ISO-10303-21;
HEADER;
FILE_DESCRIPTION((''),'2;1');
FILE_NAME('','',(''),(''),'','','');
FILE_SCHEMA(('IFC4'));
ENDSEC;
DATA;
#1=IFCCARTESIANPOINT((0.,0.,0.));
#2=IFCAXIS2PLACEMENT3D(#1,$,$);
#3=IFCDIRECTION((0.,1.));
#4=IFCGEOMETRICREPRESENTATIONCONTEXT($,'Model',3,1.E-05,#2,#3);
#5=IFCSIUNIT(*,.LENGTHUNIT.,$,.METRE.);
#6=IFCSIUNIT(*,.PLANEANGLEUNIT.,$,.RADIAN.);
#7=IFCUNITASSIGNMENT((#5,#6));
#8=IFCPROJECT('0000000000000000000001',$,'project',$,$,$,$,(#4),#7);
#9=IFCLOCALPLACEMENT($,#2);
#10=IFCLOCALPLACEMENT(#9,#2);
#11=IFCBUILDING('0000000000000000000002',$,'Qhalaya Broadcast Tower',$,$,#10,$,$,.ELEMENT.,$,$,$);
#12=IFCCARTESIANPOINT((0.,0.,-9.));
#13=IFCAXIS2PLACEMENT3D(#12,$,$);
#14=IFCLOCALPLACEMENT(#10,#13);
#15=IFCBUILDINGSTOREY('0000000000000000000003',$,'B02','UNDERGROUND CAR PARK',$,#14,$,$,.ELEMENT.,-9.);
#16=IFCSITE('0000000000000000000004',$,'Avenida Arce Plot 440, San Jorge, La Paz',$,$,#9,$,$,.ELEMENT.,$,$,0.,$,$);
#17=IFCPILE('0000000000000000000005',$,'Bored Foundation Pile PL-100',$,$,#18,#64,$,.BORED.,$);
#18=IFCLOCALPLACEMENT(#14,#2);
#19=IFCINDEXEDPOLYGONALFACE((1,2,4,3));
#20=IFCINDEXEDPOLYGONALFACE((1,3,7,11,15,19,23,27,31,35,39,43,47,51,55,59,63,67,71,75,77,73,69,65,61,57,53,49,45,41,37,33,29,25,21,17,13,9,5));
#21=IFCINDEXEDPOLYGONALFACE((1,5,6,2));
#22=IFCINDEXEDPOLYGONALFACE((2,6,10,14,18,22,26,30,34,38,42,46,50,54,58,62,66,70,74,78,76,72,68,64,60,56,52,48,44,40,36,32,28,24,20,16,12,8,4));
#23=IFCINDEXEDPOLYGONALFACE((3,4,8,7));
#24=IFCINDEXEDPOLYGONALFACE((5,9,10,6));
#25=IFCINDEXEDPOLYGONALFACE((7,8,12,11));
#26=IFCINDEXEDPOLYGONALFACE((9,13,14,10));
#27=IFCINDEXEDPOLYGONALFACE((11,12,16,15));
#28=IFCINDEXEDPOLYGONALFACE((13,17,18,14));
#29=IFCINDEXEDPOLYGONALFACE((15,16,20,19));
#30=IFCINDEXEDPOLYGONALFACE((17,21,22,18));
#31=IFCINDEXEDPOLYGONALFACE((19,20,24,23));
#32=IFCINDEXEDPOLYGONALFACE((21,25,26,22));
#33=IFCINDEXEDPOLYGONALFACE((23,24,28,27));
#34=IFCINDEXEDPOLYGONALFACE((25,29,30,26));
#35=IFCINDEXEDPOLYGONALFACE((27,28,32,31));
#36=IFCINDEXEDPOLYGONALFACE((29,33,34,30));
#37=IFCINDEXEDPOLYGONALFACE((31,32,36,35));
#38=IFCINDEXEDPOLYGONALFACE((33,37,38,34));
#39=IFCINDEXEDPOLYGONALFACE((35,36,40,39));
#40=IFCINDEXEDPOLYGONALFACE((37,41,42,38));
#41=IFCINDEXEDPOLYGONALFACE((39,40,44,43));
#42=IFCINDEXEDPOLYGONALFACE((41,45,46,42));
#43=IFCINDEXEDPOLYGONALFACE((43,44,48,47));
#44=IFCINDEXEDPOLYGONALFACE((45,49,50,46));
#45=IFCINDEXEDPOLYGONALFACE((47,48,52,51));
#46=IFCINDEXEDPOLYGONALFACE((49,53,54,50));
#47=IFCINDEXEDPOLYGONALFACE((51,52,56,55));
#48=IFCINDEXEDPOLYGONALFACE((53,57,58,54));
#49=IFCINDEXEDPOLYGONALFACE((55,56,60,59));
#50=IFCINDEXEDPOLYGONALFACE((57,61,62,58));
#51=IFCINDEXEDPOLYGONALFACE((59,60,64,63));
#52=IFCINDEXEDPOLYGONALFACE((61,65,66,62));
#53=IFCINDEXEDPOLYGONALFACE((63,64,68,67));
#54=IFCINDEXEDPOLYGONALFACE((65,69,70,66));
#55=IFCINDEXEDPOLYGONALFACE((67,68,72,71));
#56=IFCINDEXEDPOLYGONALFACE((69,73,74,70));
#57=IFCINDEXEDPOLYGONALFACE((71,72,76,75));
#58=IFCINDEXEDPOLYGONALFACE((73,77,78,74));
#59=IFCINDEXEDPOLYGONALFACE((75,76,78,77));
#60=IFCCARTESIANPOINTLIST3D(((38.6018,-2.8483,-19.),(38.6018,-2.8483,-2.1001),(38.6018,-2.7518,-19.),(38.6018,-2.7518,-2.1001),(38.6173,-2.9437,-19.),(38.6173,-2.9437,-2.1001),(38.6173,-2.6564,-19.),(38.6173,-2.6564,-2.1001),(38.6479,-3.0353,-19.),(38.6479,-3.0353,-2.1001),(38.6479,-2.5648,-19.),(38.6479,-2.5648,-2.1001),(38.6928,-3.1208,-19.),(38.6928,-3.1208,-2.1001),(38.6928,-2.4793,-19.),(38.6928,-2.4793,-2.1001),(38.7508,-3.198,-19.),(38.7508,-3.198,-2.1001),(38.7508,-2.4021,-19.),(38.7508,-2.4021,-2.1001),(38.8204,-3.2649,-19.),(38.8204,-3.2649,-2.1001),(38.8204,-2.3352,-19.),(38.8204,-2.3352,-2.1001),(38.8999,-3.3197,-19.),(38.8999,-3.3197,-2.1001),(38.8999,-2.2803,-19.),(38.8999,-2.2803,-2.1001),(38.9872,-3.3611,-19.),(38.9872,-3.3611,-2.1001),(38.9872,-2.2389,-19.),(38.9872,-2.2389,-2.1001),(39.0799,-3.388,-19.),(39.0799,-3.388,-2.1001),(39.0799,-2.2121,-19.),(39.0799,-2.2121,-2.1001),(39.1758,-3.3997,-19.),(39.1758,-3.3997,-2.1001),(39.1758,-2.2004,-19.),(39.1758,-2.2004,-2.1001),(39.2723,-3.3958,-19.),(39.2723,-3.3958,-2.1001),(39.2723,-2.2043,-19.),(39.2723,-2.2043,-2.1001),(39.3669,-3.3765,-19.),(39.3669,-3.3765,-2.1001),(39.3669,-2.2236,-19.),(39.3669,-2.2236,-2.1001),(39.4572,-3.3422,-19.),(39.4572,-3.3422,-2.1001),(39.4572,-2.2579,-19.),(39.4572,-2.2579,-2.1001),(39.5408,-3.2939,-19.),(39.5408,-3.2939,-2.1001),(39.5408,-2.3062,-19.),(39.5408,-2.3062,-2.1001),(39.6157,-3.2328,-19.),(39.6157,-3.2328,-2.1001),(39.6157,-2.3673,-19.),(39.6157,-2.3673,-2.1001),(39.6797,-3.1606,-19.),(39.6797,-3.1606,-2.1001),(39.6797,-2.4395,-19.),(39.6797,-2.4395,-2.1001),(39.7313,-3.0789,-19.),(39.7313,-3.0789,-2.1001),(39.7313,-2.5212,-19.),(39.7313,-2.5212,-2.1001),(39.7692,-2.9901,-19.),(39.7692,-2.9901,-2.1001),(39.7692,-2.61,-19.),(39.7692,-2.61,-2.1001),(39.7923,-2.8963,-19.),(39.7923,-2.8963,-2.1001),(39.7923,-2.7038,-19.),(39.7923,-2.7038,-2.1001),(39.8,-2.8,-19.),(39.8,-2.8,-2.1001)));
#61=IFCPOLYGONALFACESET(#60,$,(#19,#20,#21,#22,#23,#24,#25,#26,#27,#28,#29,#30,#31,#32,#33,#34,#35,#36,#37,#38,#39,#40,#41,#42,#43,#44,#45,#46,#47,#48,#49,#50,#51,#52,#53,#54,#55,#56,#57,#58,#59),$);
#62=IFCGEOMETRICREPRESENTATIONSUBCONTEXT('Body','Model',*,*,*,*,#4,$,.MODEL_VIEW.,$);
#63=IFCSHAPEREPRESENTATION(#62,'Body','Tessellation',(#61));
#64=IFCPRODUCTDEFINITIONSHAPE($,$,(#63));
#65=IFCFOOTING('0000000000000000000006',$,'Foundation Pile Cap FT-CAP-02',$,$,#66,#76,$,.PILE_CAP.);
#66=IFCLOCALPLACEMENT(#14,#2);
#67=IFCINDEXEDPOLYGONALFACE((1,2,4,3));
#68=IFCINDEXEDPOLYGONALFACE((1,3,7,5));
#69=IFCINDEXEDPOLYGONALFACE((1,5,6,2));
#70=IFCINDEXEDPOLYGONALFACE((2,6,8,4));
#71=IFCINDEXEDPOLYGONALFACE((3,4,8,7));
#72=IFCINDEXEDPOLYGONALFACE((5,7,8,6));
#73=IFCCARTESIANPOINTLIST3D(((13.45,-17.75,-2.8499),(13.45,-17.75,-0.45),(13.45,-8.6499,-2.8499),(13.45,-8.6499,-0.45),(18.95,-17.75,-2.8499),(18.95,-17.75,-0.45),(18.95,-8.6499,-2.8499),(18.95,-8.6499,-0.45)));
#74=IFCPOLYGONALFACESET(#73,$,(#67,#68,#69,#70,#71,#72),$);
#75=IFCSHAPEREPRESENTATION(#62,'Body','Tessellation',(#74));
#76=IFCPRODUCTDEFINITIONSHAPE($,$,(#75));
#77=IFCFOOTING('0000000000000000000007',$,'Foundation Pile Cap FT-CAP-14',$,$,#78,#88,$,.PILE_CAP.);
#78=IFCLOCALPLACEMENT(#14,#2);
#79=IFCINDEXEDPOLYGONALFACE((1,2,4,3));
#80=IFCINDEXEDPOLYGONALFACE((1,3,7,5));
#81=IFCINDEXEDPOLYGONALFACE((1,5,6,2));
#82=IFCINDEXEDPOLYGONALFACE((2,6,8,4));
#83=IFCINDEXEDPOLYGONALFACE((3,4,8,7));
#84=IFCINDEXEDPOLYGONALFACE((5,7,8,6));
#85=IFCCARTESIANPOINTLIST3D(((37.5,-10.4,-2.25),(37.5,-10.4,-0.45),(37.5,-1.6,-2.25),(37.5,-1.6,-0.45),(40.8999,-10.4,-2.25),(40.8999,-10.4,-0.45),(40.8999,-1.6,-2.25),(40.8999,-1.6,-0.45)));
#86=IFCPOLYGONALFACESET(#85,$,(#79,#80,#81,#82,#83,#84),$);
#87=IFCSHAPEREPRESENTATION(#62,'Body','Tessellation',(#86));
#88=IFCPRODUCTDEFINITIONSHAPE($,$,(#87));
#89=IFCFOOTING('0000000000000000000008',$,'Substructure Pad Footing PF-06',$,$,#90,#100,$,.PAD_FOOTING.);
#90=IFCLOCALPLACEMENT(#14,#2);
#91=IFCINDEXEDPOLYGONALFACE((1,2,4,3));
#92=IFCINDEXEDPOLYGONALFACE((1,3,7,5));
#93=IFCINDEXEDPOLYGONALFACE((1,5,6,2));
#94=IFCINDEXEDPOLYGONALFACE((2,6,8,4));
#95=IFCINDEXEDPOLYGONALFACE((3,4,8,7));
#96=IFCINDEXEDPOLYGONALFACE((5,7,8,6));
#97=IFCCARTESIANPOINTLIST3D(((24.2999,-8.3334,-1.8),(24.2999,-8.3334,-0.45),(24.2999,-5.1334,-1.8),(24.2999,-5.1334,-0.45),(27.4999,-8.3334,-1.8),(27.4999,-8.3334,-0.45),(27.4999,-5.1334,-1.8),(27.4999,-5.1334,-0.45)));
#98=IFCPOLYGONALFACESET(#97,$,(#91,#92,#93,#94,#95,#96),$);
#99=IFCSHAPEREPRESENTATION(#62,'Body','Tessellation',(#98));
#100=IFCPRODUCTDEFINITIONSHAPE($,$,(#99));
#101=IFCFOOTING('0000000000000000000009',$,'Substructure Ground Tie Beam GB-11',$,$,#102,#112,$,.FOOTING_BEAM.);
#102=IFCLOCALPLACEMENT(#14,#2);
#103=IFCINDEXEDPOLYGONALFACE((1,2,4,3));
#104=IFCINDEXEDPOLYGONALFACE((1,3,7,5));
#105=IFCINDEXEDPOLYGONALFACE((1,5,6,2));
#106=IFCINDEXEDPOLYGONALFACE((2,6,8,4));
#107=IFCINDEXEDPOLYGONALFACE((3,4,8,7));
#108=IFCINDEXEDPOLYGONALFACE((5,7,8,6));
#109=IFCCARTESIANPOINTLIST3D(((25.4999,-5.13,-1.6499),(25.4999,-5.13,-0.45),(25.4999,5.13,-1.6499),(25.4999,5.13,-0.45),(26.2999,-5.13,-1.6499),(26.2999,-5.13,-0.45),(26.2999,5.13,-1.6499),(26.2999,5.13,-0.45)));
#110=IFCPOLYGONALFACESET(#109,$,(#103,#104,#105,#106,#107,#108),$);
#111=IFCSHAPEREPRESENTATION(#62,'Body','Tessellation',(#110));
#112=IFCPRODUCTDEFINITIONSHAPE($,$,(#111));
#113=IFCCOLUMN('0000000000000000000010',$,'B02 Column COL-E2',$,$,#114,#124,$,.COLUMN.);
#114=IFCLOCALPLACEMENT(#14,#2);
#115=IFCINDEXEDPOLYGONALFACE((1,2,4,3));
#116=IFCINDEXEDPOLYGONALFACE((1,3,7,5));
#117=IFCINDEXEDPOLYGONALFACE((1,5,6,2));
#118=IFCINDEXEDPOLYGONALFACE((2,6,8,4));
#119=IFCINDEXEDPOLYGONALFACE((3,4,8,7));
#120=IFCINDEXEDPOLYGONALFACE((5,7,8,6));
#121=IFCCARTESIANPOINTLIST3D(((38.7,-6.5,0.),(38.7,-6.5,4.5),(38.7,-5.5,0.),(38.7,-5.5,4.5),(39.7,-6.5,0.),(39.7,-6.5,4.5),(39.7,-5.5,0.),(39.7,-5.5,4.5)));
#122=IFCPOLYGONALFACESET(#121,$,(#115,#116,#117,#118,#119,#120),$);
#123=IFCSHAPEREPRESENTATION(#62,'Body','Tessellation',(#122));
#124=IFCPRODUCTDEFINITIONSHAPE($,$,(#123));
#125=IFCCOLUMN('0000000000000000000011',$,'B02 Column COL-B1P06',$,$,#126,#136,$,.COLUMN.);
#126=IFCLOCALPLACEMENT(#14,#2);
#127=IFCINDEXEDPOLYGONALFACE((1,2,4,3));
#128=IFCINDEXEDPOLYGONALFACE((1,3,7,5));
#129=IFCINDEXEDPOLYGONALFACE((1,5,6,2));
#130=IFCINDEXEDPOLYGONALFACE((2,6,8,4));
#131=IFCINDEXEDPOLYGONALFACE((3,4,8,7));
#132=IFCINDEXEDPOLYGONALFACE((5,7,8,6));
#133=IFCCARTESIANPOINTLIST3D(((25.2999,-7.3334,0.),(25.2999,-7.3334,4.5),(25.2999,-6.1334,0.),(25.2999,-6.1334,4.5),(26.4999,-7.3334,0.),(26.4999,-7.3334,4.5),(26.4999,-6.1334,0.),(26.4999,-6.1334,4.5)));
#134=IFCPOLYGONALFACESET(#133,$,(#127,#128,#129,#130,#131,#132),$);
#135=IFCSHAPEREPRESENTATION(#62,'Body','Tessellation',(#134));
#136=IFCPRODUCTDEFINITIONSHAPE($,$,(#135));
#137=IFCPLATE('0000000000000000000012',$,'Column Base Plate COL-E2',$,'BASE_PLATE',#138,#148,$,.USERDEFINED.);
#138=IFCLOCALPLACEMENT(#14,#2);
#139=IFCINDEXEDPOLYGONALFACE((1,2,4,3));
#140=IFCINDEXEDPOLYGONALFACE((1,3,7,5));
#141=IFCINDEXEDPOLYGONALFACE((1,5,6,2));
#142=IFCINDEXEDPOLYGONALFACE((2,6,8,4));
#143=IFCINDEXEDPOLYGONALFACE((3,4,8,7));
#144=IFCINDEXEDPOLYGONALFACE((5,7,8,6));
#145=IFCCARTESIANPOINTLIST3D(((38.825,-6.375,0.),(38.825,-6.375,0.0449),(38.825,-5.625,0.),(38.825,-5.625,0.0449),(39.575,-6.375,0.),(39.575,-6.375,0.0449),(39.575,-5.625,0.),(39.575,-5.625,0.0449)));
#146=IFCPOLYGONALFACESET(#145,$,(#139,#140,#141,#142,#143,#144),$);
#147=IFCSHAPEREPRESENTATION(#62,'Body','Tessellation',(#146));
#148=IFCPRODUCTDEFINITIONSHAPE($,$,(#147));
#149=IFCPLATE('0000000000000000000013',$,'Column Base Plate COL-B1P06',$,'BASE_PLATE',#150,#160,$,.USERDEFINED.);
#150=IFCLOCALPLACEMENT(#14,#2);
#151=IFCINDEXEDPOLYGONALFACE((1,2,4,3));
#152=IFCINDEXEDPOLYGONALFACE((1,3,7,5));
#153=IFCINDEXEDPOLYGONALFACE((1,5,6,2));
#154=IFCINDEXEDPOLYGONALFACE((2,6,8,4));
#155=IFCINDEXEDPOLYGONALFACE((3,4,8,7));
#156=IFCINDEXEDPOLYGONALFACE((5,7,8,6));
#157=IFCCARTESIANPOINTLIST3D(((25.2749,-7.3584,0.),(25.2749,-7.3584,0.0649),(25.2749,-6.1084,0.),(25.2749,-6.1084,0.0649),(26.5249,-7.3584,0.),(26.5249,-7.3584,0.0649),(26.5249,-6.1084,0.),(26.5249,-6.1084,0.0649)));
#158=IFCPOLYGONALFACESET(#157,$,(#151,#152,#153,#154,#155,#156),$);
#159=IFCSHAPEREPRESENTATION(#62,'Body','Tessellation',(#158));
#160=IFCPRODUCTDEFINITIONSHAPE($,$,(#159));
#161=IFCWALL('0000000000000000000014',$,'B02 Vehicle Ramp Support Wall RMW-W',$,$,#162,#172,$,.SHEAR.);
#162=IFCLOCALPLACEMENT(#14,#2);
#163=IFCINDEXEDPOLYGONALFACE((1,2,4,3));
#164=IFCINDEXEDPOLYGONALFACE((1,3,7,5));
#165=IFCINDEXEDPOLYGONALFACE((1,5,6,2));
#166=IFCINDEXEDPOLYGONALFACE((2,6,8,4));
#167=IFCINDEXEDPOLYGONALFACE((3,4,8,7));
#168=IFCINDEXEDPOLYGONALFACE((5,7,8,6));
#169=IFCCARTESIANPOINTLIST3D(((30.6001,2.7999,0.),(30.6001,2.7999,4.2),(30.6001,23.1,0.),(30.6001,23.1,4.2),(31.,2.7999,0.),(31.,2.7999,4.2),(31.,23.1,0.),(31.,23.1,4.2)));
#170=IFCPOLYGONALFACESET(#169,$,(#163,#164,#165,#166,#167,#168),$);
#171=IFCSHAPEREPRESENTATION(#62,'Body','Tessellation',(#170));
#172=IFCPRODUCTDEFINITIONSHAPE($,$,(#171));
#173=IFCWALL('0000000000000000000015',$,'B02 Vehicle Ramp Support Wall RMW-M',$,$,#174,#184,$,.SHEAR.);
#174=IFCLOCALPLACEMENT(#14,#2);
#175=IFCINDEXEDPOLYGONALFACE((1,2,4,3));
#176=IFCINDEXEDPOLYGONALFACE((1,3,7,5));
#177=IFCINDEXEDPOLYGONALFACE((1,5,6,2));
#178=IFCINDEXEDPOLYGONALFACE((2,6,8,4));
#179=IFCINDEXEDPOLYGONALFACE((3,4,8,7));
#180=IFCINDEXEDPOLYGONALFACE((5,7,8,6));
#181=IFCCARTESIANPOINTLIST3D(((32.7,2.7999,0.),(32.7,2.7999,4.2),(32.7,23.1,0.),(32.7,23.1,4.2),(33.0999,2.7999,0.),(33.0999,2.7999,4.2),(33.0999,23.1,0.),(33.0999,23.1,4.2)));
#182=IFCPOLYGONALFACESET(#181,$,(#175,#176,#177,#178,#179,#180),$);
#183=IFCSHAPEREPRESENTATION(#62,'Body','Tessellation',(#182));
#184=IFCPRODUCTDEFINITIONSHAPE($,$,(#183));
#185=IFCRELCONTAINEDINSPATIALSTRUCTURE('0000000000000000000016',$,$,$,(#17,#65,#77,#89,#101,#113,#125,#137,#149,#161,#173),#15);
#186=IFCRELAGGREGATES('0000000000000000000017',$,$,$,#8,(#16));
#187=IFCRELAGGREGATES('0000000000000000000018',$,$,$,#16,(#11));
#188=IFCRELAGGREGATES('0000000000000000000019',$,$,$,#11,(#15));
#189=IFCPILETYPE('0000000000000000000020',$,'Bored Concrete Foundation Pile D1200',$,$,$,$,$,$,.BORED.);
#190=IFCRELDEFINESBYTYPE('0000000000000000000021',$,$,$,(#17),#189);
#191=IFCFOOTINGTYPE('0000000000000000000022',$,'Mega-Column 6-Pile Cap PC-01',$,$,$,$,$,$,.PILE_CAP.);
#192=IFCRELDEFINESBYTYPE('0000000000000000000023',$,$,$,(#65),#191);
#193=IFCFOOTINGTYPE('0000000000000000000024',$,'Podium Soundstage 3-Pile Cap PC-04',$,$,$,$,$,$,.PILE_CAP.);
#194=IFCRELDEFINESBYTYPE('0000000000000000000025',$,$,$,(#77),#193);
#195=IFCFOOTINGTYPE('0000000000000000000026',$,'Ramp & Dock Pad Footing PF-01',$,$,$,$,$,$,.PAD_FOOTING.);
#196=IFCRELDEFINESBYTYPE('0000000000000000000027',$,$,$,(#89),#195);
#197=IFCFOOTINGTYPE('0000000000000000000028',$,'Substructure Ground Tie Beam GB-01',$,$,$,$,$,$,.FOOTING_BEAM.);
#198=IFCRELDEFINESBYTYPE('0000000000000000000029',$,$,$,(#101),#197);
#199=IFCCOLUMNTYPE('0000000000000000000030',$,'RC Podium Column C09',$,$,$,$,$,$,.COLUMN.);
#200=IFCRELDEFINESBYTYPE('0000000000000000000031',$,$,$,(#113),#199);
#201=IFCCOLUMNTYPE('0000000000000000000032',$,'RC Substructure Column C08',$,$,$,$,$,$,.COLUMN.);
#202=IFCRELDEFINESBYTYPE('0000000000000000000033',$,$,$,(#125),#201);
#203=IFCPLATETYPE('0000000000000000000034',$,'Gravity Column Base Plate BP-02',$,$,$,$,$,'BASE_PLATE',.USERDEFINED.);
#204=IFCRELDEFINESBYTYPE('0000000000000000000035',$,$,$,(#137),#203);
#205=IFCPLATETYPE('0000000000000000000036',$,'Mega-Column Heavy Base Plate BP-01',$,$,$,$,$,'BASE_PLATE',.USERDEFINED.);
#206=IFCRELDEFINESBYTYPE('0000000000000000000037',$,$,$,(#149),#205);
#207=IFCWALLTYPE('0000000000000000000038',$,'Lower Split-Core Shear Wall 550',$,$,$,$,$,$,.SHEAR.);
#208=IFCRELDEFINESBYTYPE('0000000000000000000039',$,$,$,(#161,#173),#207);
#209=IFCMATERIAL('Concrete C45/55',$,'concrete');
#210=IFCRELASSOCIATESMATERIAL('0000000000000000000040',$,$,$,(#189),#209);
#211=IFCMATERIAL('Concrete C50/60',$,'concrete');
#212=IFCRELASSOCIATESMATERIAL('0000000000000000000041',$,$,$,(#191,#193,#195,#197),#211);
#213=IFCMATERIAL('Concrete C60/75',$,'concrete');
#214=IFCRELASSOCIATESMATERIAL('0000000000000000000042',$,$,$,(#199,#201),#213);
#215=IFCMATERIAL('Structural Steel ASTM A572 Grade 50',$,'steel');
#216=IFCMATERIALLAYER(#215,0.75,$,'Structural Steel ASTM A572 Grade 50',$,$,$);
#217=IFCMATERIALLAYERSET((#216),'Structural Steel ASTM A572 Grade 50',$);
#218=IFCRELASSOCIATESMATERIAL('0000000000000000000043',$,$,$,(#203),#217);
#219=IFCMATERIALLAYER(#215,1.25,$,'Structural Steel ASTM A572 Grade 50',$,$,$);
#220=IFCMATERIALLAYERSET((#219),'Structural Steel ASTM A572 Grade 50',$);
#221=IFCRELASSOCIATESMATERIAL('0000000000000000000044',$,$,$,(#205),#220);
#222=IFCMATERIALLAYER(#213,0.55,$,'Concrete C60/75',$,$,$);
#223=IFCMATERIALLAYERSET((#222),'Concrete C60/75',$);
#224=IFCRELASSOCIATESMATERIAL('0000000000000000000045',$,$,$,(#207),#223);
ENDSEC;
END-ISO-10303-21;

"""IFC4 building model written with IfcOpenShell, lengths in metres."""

from ifc_helpers import new_model, si_unit, direction, frame, frame_2d, origin, origin_2d, place, context, subcontext, project, spatial, rectangle, circle, extrude, material, layer, layer_set, material_profile, profile_set, type_object, element, save


model = new_model("IFC4")

# Units and contexts
model_context = context("Model", 3, precision=1e-05, world=origin(), true_north=direction((0.0, 1.0)))
body_context = subcontext(model_context, "Body", "Model", "MODEL_VIEW")
ifc_project = project(units=[si_unit("LENGTHUNIT", "METRE"), si_unit("PLANEANGLEUNIT", "RADIAN")], contexts=[model_context])

# Site, building, storey
site_placement = place(None, origin())
site = spatial("IfcSite", under=ifc_project, at=site_placement, Name="Avenida Arce Plot 440, San Jorge, La Paz", CompositionType="ELEMENT", RefElevation=0.0)
building_placement = place(site_placement, origin())
building = spatial("IfcBuilding", under=site, at=building_placement, Name="Qhalaya Broadcast Tower", CompositionType="ELEMENT")
storey_placement = place(building_placement, frame((0.0, 0.0, -9.0)))
storey = spatial("IfcBuildingStorey", under=building, at=storey_placement, Name="B02", Description="UNDERGROUND CAR PARK", CompositionType="ELEMENT", Elevation=-9.0)

# Pile
ifc_material_1 = material(Name="Concrete C45/55", Category="concrete")
ifc_material_profile_1 = material_profile(ifc_material_1, circle(Radius=0.6001, at=origin_2d()), Name="PILE D1200")
ifc_profile_set_1 = profile_set([ifc_material_profile_1], Name="Concrete C45/55")
pile_type = type_object("IfcPileType", Name="Bored Concrete Foundation Pile D1200", PredefinedType="BORED", material=ifc_profile_set_1)
for number, where, z_axis, x_axis, name in (
    (1, (39.2, -2.8, -2.1001), (0.0, 0.0, -1.0), (1.0, 0.0, 0.0), "Bored Foundation Pile PL-100"),
):
    element("IfcPile", number, at=place(storey_placement, frame(where, z_axis=z_axis, x_axis=x_axis)), inside=storey, type_object=pile_type, Name=name, PredefinedType="BORED", context=body_context, shape_type="SweptSolid", body=[
        extrude(circle(Radius=0.6001, at=origin_2d()), origin(), (0.0, 0.0, 1.0), 16.8999),
    ])

# Footings
ifc_material_2 = material(Name="Concrete C50/60", Category="concrete")
footing_type_1 = type_object("IfcFootingType", Name="Mega-Column 6-Pile Cap PC-01", PredefinedType="PILE_CAP", material=ifc_material_2)
footing_1_placement = place(storey_placement, frame((16.2, -13.2, -2.8499), z_axis=(0.0, 0.0, 1.0), x_axis=(1.0, 0.0, 0.0)))
element("IfcFooting", 2, at=footing_1_placement, inside=storey, type_object=footing_type_1, Name="Foundation Pile Cap FT-CAP-02", PredefinedType="PILE_CAP", context=body_context, shape_type="SweptSolid", body=[
    extrude(rectangle(XDim=5.5, YDim=9.1001, at=origin_2d()), origin(), (0.0, 0.0, 1.0), 2.3999),
])
footing_type_2 = type_object("IfcFootingType", Name="Podium Soundstage 3-Pile Cap PC-04", PredefinedType="PILE_CAP", material=ifc_material_2)
footing_2_placement = place(storey_placement, frame((39.2, -6.0, -2.25), z_axis=(0.0, 0.0, 1.0), x_axis=(1.0, 0.0, 0.0)))
element("IfcFooting", 3, at=footing_2_placement, inside=storey, type_object=footing_type_2, Name="Foundation Pile Cap FT-CAP-14", PredefinedType="PILE_CAP", context=body_context, shape_type="SweptSolid", body=[
    extrude(rectangle(XDim=3.3999, YDim=8.8, at=origin_2d()), origin(), (0.0, 0.0, 1.0), 1.8),
])
footing_type_3 = type_object("IfcFootingType", Name="Ramp & Dock Pad Footing PF-01", PredefinedType="PAD_FOOTING", material=ifc_material_2)
footing_3_placement = place(storey_placement, frame((25.8999, -6.7334, -1.8), z_axis=(0.0, 0.0, 1.0), x_axis=(1.0, 0.0, 0.0)))
element("IfcFooting", 4, at=footing_3_placement, inside=storey, type_object=footing_type_3, Name="Substructure Pad Footing PF-06", PredefinedType="PAD_FOOTING", context=body_context, shape_type="SweptSolid", body=[
    extrude(rectangle(XDim=3.2, YDim=3.2, at=origin_2d()), origin(), (0.0, 0.0, 1.0), 1.3501),
])
footing_type_4 = type_object("IfcFootingType", Name="Substructure Ground Tie Beam GB-01", PredefinedType="FOOTING_BEAM", material=ifc_material_2)
footing_4_placement = place(storey_placement, frame((25.8999, 0.0, -1.6499), z_axis=(0.0, 0.0, 1.0), x_axis=(0.0, 1.0, 0.0)))
element("IfcFooting", 5, at=footing_4_placement, inside=storey, type_object=footing_type_4, Name="Substructure Ground Tie Beam GB-11", PredefinedType="FOOTING_BEAM", context=body_context, shape_type="SweptSolid", body=[
    extrude(rectangle(XDim=10.26, YDim=0.8, at=origin_2d()), origin(), (0.0, 0.0, 1.0), 1.2),
])

# Columns
ifc_material_3 = material(Name="Concrete C60/75", Category="concrete")
ifc_material_profile_2 = material_profile(ifc_material_3, rectangle(XDim=1.0, YDim=1.0, at=origin_2d()), Name="RC-COL 1000x1000")
ifc_profile_set_2 = profile_set([ifc_material_profile_2], Name="Concrete C60/75")
column_type_1 = type_object("IfcColumnType", Name="RC Podium Column C09", PredefinedType="COLUMN", material=ifc_profile_set_2)
column_1_placement = place(storey_placement, frame((39.2, -6.0, 0.0), z_axis=(0.0, 0.0, 1.0), x_axis=(1.0, 0.0, 0.0)))
element("IfcColumn", 6, at=column_1_placement, inside=storey, type_object=column_type_1, Name="B02 Column COL-E2", PredefinedType="COLUMN", context=body_context, shape_type="SweptSolid", body=[
    extrude(rectangle(XDim=1.0, YDim=1.0, at=origin_2d()), origin(), (0.0, 0.0, 1.0), 4.5),
])
ifc_material_profile_3 = material_profile(ifc_material_3, rectangle(XDim=1.2, YDim=1.2, at=origin_2d()), Name="RC-COL 1200x1200")
ifc_profile_set_3 = profile_set([ifc_material_profile_3], Name="Concrete C60/75")
column_type_2 = type_object("IfcColumnType", Name="RC Substructure Column C08", PredefinedType="COLUMN", material=ifc_profile_set_3)
column_2_placement = place(storey_placement, frame((25.8999, -6.7334, 0.0), z_axis=(0.0, 0.0, 1.0), x_axis=(0.0, 1.0, 0.0)))
element("IfcColumn", 7, at=column_2_placement, inside=storey, type_object=column_type_2, Name="B02 Column COL-B1P06", PredefinedType="COLUMN", context=body_context, shape_type="SweptSolid", body=[
    extrude(rectangle(XDim=1.2, YDim=1.2, at=origin_2d()), origin(), (0.0, 0.0, 1.0), 4.5),
])

# Plates
ifc_material_4 = material(Name="Structural Steel ASTM A572 Grade 50", Category="steel")
ifc_layer_1 = layer(ifc_material_4, 0.75, Name="Structural Steel ASTM A572 Grade 50")
ifc_layer_set_1 = layer_set([ifc_layer_1], Name="Structural Steel ASTM A572 Grade 50")
plate_type_1 = type_object("IfcPlateType", Name="Gravity Column Base Plate BP-02", ElementType="BASE_PLATE", PredefinedType="USERDEFINED", material=ifc_layer_set_1)
plate_1_placement = place(storey_placement, frame((39.2, -6.0, 0.0), z_axis=(0.0, 0.0, 1.0), x_axis=(1.0, 0.0, 0.0)))
element("IfcPlate", 8, at=plate_1_placement, inside=storey, type_object=plate_type_1, Name="Column Base Plate COL-E2", ObjectType="BASE_PLATE", PredefinedType="USERDEFINED", context=body_context, shape_type="SweptSolid", body=[
    extrude(rectangle(XDim=0.75, YDim=0.75, at=origin_2d()), origin(), (0.0, 0.0, 1.0), 0.0449),
])
ifc_layer_2 = layer(ifc_material_4, 1.25, Name="Structural Steel ASTM A572 Grade 50")
ifc_layer_set_2 = layer_set([ifc_layer_2], Name="Structural Steel ASTM A572 Grade 50")
plate_type_2 = type_object("IfcPlateType", Name="Mega-Column Heavy Base Plate BP-01", ElementType="BASE_PLATE", PredefinedType="USERDEFINED", material=ifc_layer_set_2)
plate_2_placement = place(storey_placement, frame((25.8999, -6.7334, 0.0), z_axis=(0.0, 0.0, 1.0), x_axis=(0.0, 1.0, 0.0)))
element("IfcPlate", 9, at=plate_2_placement, inside=storey, type_object=plate_type_2, Name="Column Base Plate COL-B1P06", ObjectType="BASE_PLATE", PredefinedType="USERDEFINED", context=body_context, shape_type="SweptSolid", body=[
    extrude(rectangle(XDim=1.25, YDim=1.25, at=origin_2d()), origin(), (0.0, 0.0, 1.0), 0.0649),
])

# Walls
ifc_layer_3 = layer(ifc_material_3, 0.55, Name="Concrete C60/75")
ifc_layer_set_3 = layer_set([ifc_layer_3], Name="Concrete C60/75")
wall_type = type_object("IfcWallType", Name="Lower Split-Core Shear Wall 550", PredefinedType="SHEAR", material=ifc_layer_set_3)
for number, where, z_axis, x_axis, name in (
    (10, (30.8, 2.8, 0.0), (0.0, 0.0, 1.0), (0.0, 1.0, 0.0), "B02 Vehicle Ramp Support Wall RMW-W"),
    (11, (32.8999, 2.8, 0.0), (0.0, 0.0, 1.0), (0.0, 1.0, 0.0), "B02 Vehicle Ramp Support Wall RMW-M"),
):
    element("IfcWall", number, at=place(storey_placement, frame(where, z_axis=z_axis, x_axis=x_axis)), inside=storey, type_object=wall_type, Name=name, PredefinedType="SHEAR", context=body_context, shape_type="SweptSolid", body=[
        extrude(rectangle(XDim=20.3, YDim=0.3999, at=frame_2d((10.1499, 0.0))), origin(), (0.0, 0.0, 1.0), 4.2),
    ])

save(model, "model.ifc")
